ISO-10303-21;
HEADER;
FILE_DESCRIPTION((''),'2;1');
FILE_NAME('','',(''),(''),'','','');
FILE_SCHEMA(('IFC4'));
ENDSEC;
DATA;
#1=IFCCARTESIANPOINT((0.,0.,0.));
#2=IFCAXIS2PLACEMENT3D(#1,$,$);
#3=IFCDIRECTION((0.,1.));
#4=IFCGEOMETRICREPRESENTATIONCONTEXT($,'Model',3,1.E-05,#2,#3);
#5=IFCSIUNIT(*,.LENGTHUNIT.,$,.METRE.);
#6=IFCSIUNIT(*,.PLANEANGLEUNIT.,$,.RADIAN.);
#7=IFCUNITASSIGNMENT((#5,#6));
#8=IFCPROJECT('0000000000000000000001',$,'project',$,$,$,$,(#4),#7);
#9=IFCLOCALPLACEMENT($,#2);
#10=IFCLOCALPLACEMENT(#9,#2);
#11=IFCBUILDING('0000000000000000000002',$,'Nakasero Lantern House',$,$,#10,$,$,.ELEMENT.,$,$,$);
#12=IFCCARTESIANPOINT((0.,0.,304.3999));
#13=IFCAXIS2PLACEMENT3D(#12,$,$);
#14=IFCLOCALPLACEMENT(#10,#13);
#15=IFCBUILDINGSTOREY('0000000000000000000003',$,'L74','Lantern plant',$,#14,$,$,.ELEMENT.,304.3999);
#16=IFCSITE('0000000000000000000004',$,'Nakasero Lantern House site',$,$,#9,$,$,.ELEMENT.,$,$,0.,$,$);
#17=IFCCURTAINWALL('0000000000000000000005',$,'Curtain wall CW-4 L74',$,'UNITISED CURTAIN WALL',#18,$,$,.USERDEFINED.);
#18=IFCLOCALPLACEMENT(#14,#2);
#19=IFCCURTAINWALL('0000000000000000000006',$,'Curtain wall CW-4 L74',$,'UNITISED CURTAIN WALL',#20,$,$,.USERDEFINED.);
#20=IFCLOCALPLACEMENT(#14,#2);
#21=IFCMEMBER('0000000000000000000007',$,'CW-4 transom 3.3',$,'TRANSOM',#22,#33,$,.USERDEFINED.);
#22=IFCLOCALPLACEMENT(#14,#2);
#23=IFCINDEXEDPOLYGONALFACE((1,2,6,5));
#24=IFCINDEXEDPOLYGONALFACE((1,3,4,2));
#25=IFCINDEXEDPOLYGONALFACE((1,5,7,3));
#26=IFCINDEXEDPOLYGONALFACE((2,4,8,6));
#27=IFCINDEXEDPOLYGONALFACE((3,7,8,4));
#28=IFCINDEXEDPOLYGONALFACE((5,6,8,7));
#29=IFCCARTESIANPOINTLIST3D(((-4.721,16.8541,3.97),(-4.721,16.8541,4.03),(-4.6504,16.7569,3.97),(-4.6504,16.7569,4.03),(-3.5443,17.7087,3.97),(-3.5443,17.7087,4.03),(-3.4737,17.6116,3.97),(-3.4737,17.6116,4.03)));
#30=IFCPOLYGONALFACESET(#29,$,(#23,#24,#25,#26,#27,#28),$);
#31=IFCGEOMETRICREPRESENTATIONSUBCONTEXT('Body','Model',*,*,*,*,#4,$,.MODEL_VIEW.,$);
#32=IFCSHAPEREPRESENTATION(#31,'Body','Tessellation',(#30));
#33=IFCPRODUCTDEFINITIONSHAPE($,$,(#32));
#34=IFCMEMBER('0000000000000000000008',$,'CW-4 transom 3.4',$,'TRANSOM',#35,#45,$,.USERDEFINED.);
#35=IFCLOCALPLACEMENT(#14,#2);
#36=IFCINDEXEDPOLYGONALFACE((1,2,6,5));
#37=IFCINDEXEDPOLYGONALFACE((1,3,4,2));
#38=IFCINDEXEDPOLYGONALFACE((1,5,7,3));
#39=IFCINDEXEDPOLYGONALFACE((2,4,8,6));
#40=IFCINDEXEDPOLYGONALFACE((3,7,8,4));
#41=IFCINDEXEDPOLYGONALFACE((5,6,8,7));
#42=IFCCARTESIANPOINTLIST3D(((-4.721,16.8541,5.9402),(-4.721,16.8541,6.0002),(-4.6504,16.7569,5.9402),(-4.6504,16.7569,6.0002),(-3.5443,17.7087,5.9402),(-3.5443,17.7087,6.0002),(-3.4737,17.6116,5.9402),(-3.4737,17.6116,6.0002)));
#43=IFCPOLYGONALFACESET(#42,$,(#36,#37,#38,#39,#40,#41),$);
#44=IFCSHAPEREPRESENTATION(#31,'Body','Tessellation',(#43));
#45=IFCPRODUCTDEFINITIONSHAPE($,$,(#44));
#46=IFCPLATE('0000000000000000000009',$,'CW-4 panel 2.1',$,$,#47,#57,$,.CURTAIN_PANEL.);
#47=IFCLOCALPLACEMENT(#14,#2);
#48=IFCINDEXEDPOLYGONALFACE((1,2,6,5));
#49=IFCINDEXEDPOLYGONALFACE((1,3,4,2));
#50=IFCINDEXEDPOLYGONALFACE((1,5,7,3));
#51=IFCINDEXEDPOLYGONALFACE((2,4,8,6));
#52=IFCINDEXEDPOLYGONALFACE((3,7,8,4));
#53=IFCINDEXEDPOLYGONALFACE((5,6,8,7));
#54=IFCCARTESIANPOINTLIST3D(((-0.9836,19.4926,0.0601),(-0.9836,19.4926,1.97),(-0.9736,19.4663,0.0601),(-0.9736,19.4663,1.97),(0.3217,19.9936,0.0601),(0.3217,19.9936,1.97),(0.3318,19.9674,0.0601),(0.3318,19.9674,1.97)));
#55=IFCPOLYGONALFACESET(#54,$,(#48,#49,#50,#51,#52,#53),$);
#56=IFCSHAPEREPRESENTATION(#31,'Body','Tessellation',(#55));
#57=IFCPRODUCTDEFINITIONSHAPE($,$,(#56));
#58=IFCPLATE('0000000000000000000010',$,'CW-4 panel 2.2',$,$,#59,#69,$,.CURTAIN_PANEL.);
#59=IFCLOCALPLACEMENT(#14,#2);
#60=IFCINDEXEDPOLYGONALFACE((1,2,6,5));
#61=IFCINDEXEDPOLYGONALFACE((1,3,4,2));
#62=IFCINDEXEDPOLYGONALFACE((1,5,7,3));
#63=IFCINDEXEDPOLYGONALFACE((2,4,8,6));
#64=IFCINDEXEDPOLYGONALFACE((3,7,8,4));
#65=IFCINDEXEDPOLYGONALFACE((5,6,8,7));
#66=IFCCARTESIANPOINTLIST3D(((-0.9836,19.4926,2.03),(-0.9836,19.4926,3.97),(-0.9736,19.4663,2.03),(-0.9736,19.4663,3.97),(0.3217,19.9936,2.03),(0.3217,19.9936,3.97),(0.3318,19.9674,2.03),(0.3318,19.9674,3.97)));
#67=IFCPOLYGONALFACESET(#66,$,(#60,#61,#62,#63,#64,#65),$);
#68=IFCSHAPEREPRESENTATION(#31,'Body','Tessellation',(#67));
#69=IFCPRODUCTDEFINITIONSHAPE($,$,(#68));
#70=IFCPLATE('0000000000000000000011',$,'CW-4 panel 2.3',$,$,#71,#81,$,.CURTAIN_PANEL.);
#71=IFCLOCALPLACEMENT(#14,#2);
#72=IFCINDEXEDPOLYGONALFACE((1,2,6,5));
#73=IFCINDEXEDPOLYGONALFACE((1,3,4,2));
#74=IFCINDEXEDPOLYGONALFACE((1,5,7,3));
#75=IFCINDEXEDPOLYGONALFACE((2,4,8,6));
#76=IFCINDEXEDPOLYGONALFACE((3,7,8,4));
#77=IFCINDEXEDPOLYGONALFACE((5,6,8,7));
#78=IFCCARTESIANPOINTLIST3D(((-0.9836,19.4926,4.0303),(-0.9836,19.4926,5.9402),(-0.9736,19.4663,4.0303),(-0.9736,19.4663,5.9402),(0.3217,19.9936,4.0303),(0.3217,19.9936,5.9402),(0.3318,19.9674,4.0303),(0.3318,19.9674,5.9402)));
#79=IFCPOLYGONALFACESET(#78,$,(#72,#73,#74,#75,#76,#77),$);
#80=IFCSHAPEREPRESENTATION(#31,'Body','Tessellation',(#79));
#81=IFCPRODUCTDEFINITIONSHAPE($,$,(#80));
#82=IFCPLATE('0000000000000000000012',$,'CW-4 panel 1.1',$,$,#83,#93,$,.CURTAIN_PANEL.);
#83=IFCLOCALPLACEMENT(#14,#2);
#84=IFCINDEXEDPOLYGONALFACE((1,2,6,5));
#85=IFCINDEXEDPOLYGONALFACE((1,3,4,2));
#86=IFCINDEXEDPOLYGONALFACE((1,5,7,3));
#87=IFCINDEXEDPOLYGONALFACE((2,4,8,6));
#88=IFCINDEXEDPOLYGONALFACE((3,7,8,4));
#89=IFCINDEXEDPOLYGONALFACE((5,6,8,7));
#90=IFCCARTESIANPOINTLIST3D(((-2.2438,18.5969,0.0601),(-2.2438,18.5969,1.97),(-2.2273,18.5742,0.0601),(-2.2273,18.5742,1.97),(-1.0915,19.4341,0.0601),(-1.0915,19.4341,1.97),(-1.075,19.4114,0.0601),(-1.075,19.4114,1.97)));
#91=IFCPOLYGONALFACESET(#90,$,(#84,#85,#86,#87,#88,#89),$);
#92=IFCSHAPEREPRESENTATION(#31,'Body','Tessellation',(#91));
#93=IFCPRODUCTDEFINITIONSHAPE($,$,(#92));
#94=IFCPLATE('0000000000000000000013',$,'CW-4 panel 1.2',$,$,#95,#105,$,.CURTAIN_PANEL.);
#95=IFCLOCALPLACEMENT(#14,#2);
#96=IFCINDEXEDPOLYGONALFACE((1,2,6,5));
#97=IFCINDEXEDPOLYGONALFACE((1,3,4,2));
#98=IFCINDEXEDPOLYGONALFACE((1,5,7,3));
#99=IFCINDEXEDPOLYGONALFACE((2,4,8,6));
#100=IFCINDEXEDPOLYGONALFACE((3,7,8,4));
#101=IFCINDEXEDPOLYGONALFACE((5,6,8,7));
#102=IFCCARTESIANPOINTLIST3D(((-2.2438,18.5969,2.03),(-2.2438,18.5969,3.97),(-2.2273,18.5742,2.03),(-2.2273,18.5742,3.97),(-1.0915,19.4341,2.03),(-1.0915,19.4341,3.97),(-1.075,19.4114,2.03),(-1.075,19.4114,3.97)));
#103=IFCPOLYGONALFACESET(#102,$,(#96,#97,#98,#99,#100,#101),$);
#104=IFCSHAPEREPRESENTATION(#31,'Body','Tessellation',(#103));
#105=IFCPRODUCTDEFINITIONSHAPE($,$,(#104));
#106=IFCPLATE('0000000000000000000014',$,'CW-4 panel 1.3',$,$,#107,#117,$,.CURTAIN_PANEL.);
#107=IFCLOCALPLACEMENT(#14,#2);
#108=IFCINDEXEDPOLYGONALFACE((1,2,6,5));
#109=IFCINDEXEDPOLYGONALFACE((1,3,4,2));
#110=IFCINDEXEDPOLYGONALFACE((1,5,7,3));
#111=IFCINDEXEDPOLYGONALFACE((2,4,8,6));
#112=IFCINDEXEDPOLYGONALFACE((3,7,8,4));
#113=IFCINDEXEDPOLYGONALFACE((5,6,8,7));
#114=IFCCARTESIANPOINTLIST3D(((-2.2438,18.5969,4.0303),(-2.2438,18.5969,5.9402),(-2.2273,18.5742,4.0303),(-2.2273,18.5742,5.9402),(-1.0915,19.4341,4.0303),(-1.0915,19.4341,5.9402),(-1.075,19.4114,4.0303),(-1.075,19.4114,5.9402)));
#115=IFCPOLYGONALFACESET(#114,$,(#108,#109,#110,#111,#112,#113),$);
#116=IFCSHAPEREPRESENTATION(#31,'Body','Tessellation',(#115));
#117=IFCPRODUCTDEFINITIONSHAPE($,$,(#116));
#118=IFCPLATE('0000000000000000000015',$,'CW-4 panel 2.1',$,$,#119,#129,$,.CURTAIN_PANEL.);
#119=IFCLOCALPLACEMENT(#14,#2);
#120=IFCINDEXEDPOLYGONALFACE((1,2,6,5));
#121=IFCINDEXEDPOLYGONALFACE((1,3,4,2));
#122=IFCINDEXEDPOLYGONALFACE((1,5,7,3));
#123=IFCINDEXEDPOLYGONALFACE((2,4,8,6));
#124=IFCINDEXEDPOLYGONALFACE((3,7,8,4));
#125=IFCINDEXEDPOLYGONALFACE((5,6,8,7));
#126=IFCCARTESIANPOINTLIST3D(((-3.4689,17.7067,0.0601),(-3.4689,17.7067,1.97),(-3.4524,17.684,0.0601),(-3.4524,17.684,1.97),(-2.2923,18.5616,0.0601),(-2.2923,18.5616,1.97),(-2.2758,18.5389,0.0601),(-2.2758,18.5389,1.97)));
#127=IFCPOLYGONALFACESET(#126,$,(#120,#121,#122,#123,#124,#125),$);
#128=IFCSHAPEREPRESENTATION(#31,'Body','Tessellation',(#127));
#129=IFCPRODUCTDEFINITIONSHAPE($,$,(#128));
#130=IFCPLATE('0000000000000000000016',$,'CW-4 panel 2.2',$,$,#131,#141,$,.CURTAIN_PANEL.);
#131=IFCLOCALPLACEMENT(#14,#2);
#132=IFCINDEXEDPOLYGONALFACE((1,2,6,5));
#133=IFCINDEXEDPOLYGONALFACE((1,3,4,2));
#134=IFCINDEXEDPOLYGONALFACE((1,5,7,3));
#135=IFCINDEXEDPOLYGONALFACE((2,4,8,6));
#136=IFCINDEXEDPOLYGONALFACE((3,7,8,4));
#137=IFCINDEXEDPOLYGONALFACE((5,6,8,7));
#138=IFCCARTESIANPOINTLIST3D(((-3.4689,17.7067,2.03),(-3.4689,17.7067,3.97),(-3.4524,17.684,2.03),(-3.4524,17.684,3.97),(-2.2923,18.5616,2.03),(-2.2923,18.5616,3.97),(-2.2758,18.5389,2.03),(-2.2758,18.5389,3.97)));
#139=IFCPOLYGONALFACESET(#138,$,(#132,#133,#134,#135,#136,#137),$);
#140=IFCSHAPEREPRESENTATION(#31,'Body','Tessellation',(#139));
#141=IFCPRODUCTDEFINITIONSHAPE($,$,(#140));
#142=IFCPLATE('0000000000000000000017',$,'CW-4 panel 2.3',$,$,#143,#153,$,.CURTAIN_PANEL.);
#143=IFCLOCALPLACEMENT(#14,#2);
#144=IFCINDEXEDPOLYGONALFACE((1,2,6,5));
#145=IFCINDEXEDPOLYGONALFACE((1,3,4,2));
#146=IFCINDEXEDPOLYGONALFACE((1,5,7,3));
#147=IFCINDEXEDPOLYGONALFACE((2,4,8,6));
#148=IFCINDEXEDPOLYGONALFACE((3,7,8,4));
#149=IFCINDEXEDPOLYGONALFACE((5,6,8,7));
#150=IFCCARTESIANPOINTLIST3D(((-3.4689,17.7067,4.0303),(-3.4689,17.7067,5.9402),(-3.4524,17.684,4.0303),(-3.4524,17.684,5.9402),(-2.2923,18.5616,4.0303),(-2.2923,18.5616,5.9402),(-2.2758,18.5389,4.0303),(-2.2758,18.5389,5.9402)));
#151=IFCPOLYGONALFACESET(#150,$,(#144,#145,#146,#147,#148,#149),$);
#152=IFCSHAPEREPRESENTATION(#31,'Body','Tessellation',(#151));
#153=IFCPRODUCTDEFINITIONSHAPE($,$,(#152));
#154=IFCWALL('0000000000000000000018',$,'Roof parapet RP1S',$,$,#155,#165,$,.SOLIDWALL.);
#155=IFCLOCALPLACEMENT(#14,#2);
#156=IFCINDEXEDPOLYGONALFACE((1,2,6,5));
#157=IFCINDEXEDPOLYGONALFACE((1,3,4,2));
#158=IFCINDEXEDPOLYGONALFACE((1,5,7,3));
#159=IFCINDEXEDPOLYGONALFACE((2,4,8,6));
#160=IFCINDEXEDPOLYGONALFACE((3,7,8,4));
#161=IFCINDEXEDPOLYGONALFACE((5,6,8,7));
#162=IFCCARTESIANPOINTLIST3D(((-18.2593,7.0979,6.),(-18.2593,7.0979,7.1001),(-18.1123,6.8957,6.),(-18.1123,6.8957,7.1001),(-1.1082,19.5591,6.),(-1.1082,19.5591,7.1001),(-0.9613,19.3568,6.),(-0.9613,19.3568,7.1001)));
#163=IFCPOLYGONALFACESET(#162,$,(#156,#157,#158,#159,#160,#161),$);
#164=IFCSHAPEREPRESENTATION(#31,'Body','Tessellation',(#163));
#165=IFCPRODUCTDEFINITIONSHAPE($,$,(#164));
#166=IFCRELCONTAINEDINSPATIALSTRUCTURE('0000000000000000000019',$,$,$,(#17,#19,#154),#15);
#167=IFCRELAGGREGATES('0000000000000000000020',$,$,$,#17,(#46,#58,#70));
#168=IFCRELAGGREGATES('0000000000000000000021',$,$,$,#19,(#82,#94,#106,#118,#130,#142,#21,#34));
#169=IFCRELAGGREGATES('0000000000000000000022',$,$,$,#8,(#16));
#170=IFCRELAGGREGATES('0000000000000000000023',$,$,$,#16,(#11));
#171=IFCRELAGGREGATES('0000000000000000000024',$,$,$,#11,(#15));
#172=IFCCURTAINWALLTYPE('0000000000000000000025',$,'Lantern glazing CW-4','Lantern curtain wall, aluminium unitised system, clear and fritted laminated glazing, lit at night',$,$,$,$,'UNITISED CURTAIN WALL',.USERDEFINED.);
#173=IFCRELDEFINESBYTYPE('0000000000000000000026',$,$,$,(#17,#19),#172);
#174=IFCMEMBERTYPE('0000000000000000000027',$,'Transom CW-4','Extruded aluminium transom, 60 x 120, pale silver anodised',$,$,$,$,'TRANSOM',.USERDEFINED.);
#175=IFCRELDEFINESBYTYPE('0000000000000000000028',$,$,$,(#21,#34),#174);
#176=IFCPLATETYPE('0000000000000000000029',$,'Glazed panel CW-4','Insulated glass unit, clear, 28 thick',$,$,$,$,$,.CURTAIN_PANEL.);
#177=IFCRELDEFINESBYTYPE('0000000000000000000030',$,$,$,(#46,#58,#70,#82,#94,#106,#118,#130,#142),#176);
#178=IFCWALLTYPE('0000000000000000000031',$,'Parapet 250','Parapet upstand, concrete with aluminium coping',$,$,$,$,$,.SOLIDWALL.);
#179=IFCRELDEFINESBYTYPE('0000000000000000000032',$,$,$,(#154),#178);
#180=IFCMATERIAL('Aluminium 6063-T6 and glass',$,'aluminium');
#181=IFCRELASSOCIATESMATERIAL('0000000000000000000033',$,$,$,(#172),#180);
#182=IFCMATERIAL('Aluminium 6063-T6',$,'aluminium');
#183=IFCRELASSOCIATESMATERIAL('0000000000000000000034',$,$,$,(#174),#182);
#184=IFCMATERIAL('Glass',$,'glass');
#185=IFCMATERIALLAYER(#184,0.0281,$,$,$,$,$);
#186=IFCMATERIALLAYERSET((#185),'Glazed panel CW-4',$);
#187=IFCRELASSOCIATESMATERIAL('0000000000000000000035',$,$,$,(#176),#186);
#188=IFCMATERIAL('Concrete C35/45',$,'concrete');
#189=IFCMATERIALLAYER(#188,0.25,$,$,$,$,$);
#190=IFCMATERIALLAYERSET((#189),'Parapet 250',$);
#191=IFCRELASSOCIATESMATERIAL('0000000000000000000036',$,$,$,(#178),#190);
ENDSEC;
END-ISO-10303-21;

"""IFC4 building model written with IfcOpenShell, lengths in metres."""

from ifc_helpers import new_model, si_unit, direction, frame, frame_2d, origin, origin_2d, place, context, subcontext, project, spatial, rectangle, extrude, material, layer, layer_set, material_profile, profile_set, type_object, element, aggregate, save


model = new_model("IFC4")

# Units and contexts
model_context = context("Model", 3, precision=1e-05, world=origin(), true_north=direction((0.0, 1.0)))
body_context = subcontext(model_context, "Body", "Model", "MODEL_VIEW")
ifc_project = project(units=[si_unit("LENGTHUNIT", "METRE"), si_unit("PLANEANGLEUNIT", "RADIAN")], contexts=[model_context])

# Site, building, storey
site_placement = place(None, origin())
site = spatial("IfcSite", under=ifc_project, at=site_placement, Name="Nakasero Lantern House site", CompositionType="ELEMENT", RefElevation=0.0)
building_placement = place(site_placement, origin())
building = spatial("IfcBuilding", under=site, at=building_placement, Name="Nakasero Lantern House", CompositionType="ELEMENT")
storey_placement = place(building_placement, frame((0.0, 0.0, 304.3999)))
storey = spatial("IfcBuildingStorey", under=building, at=storey_placement, Name="L74", Description="Lantern plant", CompositionType="ELEMENT", Elevation=304.3999)

# Curtain wall
ifc_material_1 = material(Name="Aluminium 6063-T6 and glass", Category="aluminium")
curtain_wall_type = type_object("IfcCurtainWallType", Name="Lantern glazing CW-4", Description="Lantern curtain wall, aluminium unitised system, clear and fritted laminated glazing, lit at night", ElementType="UNITISED CURTAIN WALL", PredefinedType="USERDEFINED", material=ifc_material_1)
curtain_wall_1_placement = place(storey_placement, origin())
curtain_wall_1 = element("IfcCurtainWall", 1, at=curtain_wall_1_placement, inside=storey, type_object=curtain_wall_type, Name="Curtain wall CW-4 L74", ObjectType="UNITISED CURTAIN WALL", PredefinedType="USERDEFINED")

# Curtain wall, members
curtain_wall_2_placement = place(storey_placement, origin())
curtain_wall_2 = element("IfcCurtainWall", 2, at=curtain_wall_2_placement, inside=storey, type_object=curtain_wall_type, Name="Curtain wall CW-4 L74", ObjectType="UNITISED CURTAIN WALL", PredefinedType="USERDEFINED")
ifc_material_2 = material(Name="Aluminium 6063-T6", Category="aluminium")
ifc_material_profile_1 = material_profile(ifc_material_2, rectangle(XDim=0.0601, YDim=0.1201, at=origin_2d()), Name="CW-4 transom 60x120")
ifc_profile_set_1 = profile_set([ifc_material_profile_1], Name="Aluminium 6063-T6")
member_type_1 = type_object("IfcMemberType", Name="Transom CW-4", Description="Extruded aluminium transom, 60 x 120, pale silver anodised", ElementType="TRANSOM", PredefinedType="USERDEFINED", material=ifc_profile_set_1)
member_1_placement = place(storey_placement, frame((-3.509, 17.6602, 4.0), z_axis=(-0.809092, -0.587683, 0.0), x_axis=(0.0, 0.0, 1.0)))
member_1 = element("IfcMember", 3, at=member_1_placement, type_object=member_type_1, Name="CW-4 transom 3.3", ObjectType="TRANSOM", PredefinedType="USERDEFINED", context=body_context, shape_type="SweptSolid", body=[
    extrude(rectangle(XDim=0.0601, YDim=0.1201, at=origin_2d()), origin(), (0.0, 0.0, 1.0), 1.4543),
])
member_2_placement = place(storey_placement, frame((-3.509, 17.6602, 5.9702), z_axis=(-0.809092, -0.587683, 0.0), x_axis=(0.0, 0.0, 1.0)))
member_2 = element("IfcMember", 4, at=member_2_placement, type_object=member_type_1, Name="CW-4 transom 3.4", ObjectType="TRANSOM", PredefinedType="USERDEFINED", context=body_context, shape_type="SweptSolid", body=[
    extrude(rectangle(XDim=0.0601, YDim=0.1201, at=origin_2d()), origin(), (0.0, 0.0, 1.0), 1.4543),
])

# Plates
ifc_material_3 = material(Name="Glass", Category="glass")
ifc_layer_1 = layer(ifc_material_3, 0.0281)
ifc_layer_set_1 = layer_set([ifc_layer_1], Name="Glazed panel CW-4")
plate_type = type_object("IfcPlateType", Name="Glazed panel CW-4", Description="Insulated glass unit, clear, 28 thick", PredefinedType="CURTAIN_PANEL", material=ifc_layer_set_1)
plate_1_placement = place(storey_placement, frame((-0.3259, 19.73, 0.0601), z_axis=(0.0, 0.0, 1.0), x_axis=(-0.93358, -0.358368, 0.0)))
plate_1 = element("IfcPlate", 5, at=plate_1_placement, type_object=plate_type, Name="CW-4 panel 2.1", PredefinedType="CURTAIN_PANEL", context=body_context, shape_type="SweptSolid", body=[
    extrude(rectangle(XDim=1.3982, YDim=0.0281, at=origin_2d()), origin(), (0.0, 0.0, 1.0), 1.9099),
])
plate_2_placement = place(storey_placement, frame((-0.3259, 19.73, 2.03), z_axis=(0.0, 0.0, 1.0), x_axis=(-0.93358, -0.358368, 0.0)))
plate_2 = element("IfcPlate", 6, at=plate_2_placement, type_object=plate_type, Name="CW-4 panel 2.2", PredefinedType="CURTAIN_PANEL", context=body_context, shape_type="SweptSolid", body=[
    extrude(rectangle(XDim=1.3982, YDim=0.0281, at=origin_2d()), origin(), (0.0, 0.0, 1.0), 1.9399),
])
plate_3_placement = place(storey_placement, frame((-0.3259, 19.73, 4.0303), z_axis=(0.0, 0.0, 1.0), x_axis=(-0.93358, -0.358368, 0.0)))
plate_3 = element("IfcPlate", 7, at=plate_3_placement, type_object=plate_type, Name="CW-4 panel 2.3", PredefinedType="CURTAIN_PANEL", context=body_context, shape_type="SweptSolid", body=[
    extrude(rectangle(XDim=1.3982, YDim=0.0281, at=origin_2d()), origin(), (0.0, 0.0, 1.0), 1.9099),
])
aggregate(curtain_wall_1, [plate_1, plate_2, plate_3])
plate_4_placement = place(storey_placement, frame((-1.6594, 19.0042, 0.0601), z_axis=(0.0, 0.0, 1.0), x_axis=(-0.809017, -0.587785, 0.0)))
plate_4 = element("IfcPlate", 8, at=plate_4_placement, type_object=plate_type, Name="CW-4 panel 1.1", PredefinedType="CURTAIN_PANEL", context=body_context, shape_type="SweptSolid", body=[
    extrude(rectangle(XDim=1.4243, YDim=0.0281, at=origin_2d()), origin(), (0.0, 0.0, 1.0), 1.9099),
])
plate_5_placement = place(storey_placement, frame((-1.6594, 19.0042, 2.03), z_axis=(0.0, 0.0, 1.0), x_axis=(-0.809017, -0.587785, 0.0)))
plate_5 = element("IfcPlate", 9, at=plate_5_placement, type_object=plate_type, Name="CW-4 panel 1.2", PredefinedType="CURTAIN_PANEL", context=body_context, shape_type="SweptSolid", body=[
    extrude(rectangle(XDim=1.4243, YDim=0.0281, at=origin_2d()), origin(), (0.0, 0.0, 1.0), 1.9399),
])
plate_6_placement = place(storey_placement, frame((-1.6594, 19.0042, 4.0303), z_axis=(0.0, 0.0, 1.0), x_axis=(-0.809017, -0.587785, 0.0)))
plate_6 = element("IfcPlate", 10, at=plate_6_placement, type_object=plate_type, Name="CW-4 panel 1.3", PredefinedType="CURTAIN_PANEL", context=body_context, shape_type="SweptSolid", body=[
    extrude(rectangle(XDim=1.4243, YDim=0.0281, at=origin_2d()), origin(), (0.0, 0.0, 1.0), 1.9099),
])
plate_7_placement = place(storey_placement, frame((-2.8723, 18.1228, 0.0601), z_axis=(0.0, 0.0, 1.0), x_axis=(-0.809017, -0.587785, 0.0)))
plate_7 = element("IfcPlate", 11, at=plate_7_placement, type_object=plate_type, Name="CW-4 panel 2.1", PredefinedType="CURTAIN_PANEL", context=body_context, shape_type="SweptSolid", body=[
    extrude(rectangle(XDim=1.4543, YDim=0.0281, at=origin_2d()), origin(), (0.0, 0.0, 1.0), 1.9099),
])
plate_8_placement = place(storey_placement, frame((-2.8723, 18.1228, 2.03), z_axis=(0.0, 0.0, 1.0), x_axis=(-0.809017, -0.587785, 0.0)))
plate_8 = element("IfcPlate", 12, at=plate_8_placement, type_object=plate_type, Name="CW-4 panel 2.2", PredefinedType="CURTAIN_PANEL", context=body_context, shape_type="SweptSolid", body=[
    extrude(rectangle(XDim=1.4543, YDim=0.0281, at=origin_2d()), origin(), (0.0, 0.0, 1.0), 1.9399),
])
plate_9_placement = place(storey_placement, frame((-2.8723, 18.1228, 4.0303), z_axis=(0.0, 0.0, 1.0), x_axis=(-0.809017, -0.587785, 0.0)))
plate_9 = element("IfcPlate", 13, at=plate_9_placement, type_object=plate_type, Name="CW-4 panel 2.3", PredefinedType="CURTAIN_PANEL", context=body_context, shape_type="SweptSolid", body=[
    extrude(rectangle(XDim=1.4543, YDim=0.0281, at=origin_2d()), origin(), (0.0, 0.0, 1.0), 1.9099),
])
aggregate(curtain_wall_2, [plate_4, plate_5, plate_6, plate_7, plate_8, plate_9, member_1, member_2])

# Wall
ifc_material_4 = material(Name="Concrete C35/45", Category="concrete")
ifc_layer_2 = layer(ifc_material_4, 0.25)
ifc_layer_set_2 = layer_set([ifc_layer_2], Name="Parapet 250")
wall_type = type_object("IfcWallType", Name="Parapet 250", Description="Parapet upstand, concrete with aluminium coping", PredefinedType="SOLIDWALL", material=ifc_layer_set_2)
wall_placement = place(storey_placement, frame((-1.0347, 19.458, 6.0), z_axis=(0.0, 0.0, 1.0), x_axis=(-0.809013, -0.58779, 0.0)))
element("IfcWall", 14, at=wall_placement, inside=storey, type_object=wall_type, Name="Roof parapet RP1S", PredefinedType="SOLIDWALL", context=body_context, shape_type="SweptSolid", body=[
    extrude(rectangle(XDim=21.2, YDim=0.25, at=frame_2d((10.6001, 0.0))), origin(), (0.0, 0.0, 1.0), 1.1001),
])

save(model, "model.ifc")
